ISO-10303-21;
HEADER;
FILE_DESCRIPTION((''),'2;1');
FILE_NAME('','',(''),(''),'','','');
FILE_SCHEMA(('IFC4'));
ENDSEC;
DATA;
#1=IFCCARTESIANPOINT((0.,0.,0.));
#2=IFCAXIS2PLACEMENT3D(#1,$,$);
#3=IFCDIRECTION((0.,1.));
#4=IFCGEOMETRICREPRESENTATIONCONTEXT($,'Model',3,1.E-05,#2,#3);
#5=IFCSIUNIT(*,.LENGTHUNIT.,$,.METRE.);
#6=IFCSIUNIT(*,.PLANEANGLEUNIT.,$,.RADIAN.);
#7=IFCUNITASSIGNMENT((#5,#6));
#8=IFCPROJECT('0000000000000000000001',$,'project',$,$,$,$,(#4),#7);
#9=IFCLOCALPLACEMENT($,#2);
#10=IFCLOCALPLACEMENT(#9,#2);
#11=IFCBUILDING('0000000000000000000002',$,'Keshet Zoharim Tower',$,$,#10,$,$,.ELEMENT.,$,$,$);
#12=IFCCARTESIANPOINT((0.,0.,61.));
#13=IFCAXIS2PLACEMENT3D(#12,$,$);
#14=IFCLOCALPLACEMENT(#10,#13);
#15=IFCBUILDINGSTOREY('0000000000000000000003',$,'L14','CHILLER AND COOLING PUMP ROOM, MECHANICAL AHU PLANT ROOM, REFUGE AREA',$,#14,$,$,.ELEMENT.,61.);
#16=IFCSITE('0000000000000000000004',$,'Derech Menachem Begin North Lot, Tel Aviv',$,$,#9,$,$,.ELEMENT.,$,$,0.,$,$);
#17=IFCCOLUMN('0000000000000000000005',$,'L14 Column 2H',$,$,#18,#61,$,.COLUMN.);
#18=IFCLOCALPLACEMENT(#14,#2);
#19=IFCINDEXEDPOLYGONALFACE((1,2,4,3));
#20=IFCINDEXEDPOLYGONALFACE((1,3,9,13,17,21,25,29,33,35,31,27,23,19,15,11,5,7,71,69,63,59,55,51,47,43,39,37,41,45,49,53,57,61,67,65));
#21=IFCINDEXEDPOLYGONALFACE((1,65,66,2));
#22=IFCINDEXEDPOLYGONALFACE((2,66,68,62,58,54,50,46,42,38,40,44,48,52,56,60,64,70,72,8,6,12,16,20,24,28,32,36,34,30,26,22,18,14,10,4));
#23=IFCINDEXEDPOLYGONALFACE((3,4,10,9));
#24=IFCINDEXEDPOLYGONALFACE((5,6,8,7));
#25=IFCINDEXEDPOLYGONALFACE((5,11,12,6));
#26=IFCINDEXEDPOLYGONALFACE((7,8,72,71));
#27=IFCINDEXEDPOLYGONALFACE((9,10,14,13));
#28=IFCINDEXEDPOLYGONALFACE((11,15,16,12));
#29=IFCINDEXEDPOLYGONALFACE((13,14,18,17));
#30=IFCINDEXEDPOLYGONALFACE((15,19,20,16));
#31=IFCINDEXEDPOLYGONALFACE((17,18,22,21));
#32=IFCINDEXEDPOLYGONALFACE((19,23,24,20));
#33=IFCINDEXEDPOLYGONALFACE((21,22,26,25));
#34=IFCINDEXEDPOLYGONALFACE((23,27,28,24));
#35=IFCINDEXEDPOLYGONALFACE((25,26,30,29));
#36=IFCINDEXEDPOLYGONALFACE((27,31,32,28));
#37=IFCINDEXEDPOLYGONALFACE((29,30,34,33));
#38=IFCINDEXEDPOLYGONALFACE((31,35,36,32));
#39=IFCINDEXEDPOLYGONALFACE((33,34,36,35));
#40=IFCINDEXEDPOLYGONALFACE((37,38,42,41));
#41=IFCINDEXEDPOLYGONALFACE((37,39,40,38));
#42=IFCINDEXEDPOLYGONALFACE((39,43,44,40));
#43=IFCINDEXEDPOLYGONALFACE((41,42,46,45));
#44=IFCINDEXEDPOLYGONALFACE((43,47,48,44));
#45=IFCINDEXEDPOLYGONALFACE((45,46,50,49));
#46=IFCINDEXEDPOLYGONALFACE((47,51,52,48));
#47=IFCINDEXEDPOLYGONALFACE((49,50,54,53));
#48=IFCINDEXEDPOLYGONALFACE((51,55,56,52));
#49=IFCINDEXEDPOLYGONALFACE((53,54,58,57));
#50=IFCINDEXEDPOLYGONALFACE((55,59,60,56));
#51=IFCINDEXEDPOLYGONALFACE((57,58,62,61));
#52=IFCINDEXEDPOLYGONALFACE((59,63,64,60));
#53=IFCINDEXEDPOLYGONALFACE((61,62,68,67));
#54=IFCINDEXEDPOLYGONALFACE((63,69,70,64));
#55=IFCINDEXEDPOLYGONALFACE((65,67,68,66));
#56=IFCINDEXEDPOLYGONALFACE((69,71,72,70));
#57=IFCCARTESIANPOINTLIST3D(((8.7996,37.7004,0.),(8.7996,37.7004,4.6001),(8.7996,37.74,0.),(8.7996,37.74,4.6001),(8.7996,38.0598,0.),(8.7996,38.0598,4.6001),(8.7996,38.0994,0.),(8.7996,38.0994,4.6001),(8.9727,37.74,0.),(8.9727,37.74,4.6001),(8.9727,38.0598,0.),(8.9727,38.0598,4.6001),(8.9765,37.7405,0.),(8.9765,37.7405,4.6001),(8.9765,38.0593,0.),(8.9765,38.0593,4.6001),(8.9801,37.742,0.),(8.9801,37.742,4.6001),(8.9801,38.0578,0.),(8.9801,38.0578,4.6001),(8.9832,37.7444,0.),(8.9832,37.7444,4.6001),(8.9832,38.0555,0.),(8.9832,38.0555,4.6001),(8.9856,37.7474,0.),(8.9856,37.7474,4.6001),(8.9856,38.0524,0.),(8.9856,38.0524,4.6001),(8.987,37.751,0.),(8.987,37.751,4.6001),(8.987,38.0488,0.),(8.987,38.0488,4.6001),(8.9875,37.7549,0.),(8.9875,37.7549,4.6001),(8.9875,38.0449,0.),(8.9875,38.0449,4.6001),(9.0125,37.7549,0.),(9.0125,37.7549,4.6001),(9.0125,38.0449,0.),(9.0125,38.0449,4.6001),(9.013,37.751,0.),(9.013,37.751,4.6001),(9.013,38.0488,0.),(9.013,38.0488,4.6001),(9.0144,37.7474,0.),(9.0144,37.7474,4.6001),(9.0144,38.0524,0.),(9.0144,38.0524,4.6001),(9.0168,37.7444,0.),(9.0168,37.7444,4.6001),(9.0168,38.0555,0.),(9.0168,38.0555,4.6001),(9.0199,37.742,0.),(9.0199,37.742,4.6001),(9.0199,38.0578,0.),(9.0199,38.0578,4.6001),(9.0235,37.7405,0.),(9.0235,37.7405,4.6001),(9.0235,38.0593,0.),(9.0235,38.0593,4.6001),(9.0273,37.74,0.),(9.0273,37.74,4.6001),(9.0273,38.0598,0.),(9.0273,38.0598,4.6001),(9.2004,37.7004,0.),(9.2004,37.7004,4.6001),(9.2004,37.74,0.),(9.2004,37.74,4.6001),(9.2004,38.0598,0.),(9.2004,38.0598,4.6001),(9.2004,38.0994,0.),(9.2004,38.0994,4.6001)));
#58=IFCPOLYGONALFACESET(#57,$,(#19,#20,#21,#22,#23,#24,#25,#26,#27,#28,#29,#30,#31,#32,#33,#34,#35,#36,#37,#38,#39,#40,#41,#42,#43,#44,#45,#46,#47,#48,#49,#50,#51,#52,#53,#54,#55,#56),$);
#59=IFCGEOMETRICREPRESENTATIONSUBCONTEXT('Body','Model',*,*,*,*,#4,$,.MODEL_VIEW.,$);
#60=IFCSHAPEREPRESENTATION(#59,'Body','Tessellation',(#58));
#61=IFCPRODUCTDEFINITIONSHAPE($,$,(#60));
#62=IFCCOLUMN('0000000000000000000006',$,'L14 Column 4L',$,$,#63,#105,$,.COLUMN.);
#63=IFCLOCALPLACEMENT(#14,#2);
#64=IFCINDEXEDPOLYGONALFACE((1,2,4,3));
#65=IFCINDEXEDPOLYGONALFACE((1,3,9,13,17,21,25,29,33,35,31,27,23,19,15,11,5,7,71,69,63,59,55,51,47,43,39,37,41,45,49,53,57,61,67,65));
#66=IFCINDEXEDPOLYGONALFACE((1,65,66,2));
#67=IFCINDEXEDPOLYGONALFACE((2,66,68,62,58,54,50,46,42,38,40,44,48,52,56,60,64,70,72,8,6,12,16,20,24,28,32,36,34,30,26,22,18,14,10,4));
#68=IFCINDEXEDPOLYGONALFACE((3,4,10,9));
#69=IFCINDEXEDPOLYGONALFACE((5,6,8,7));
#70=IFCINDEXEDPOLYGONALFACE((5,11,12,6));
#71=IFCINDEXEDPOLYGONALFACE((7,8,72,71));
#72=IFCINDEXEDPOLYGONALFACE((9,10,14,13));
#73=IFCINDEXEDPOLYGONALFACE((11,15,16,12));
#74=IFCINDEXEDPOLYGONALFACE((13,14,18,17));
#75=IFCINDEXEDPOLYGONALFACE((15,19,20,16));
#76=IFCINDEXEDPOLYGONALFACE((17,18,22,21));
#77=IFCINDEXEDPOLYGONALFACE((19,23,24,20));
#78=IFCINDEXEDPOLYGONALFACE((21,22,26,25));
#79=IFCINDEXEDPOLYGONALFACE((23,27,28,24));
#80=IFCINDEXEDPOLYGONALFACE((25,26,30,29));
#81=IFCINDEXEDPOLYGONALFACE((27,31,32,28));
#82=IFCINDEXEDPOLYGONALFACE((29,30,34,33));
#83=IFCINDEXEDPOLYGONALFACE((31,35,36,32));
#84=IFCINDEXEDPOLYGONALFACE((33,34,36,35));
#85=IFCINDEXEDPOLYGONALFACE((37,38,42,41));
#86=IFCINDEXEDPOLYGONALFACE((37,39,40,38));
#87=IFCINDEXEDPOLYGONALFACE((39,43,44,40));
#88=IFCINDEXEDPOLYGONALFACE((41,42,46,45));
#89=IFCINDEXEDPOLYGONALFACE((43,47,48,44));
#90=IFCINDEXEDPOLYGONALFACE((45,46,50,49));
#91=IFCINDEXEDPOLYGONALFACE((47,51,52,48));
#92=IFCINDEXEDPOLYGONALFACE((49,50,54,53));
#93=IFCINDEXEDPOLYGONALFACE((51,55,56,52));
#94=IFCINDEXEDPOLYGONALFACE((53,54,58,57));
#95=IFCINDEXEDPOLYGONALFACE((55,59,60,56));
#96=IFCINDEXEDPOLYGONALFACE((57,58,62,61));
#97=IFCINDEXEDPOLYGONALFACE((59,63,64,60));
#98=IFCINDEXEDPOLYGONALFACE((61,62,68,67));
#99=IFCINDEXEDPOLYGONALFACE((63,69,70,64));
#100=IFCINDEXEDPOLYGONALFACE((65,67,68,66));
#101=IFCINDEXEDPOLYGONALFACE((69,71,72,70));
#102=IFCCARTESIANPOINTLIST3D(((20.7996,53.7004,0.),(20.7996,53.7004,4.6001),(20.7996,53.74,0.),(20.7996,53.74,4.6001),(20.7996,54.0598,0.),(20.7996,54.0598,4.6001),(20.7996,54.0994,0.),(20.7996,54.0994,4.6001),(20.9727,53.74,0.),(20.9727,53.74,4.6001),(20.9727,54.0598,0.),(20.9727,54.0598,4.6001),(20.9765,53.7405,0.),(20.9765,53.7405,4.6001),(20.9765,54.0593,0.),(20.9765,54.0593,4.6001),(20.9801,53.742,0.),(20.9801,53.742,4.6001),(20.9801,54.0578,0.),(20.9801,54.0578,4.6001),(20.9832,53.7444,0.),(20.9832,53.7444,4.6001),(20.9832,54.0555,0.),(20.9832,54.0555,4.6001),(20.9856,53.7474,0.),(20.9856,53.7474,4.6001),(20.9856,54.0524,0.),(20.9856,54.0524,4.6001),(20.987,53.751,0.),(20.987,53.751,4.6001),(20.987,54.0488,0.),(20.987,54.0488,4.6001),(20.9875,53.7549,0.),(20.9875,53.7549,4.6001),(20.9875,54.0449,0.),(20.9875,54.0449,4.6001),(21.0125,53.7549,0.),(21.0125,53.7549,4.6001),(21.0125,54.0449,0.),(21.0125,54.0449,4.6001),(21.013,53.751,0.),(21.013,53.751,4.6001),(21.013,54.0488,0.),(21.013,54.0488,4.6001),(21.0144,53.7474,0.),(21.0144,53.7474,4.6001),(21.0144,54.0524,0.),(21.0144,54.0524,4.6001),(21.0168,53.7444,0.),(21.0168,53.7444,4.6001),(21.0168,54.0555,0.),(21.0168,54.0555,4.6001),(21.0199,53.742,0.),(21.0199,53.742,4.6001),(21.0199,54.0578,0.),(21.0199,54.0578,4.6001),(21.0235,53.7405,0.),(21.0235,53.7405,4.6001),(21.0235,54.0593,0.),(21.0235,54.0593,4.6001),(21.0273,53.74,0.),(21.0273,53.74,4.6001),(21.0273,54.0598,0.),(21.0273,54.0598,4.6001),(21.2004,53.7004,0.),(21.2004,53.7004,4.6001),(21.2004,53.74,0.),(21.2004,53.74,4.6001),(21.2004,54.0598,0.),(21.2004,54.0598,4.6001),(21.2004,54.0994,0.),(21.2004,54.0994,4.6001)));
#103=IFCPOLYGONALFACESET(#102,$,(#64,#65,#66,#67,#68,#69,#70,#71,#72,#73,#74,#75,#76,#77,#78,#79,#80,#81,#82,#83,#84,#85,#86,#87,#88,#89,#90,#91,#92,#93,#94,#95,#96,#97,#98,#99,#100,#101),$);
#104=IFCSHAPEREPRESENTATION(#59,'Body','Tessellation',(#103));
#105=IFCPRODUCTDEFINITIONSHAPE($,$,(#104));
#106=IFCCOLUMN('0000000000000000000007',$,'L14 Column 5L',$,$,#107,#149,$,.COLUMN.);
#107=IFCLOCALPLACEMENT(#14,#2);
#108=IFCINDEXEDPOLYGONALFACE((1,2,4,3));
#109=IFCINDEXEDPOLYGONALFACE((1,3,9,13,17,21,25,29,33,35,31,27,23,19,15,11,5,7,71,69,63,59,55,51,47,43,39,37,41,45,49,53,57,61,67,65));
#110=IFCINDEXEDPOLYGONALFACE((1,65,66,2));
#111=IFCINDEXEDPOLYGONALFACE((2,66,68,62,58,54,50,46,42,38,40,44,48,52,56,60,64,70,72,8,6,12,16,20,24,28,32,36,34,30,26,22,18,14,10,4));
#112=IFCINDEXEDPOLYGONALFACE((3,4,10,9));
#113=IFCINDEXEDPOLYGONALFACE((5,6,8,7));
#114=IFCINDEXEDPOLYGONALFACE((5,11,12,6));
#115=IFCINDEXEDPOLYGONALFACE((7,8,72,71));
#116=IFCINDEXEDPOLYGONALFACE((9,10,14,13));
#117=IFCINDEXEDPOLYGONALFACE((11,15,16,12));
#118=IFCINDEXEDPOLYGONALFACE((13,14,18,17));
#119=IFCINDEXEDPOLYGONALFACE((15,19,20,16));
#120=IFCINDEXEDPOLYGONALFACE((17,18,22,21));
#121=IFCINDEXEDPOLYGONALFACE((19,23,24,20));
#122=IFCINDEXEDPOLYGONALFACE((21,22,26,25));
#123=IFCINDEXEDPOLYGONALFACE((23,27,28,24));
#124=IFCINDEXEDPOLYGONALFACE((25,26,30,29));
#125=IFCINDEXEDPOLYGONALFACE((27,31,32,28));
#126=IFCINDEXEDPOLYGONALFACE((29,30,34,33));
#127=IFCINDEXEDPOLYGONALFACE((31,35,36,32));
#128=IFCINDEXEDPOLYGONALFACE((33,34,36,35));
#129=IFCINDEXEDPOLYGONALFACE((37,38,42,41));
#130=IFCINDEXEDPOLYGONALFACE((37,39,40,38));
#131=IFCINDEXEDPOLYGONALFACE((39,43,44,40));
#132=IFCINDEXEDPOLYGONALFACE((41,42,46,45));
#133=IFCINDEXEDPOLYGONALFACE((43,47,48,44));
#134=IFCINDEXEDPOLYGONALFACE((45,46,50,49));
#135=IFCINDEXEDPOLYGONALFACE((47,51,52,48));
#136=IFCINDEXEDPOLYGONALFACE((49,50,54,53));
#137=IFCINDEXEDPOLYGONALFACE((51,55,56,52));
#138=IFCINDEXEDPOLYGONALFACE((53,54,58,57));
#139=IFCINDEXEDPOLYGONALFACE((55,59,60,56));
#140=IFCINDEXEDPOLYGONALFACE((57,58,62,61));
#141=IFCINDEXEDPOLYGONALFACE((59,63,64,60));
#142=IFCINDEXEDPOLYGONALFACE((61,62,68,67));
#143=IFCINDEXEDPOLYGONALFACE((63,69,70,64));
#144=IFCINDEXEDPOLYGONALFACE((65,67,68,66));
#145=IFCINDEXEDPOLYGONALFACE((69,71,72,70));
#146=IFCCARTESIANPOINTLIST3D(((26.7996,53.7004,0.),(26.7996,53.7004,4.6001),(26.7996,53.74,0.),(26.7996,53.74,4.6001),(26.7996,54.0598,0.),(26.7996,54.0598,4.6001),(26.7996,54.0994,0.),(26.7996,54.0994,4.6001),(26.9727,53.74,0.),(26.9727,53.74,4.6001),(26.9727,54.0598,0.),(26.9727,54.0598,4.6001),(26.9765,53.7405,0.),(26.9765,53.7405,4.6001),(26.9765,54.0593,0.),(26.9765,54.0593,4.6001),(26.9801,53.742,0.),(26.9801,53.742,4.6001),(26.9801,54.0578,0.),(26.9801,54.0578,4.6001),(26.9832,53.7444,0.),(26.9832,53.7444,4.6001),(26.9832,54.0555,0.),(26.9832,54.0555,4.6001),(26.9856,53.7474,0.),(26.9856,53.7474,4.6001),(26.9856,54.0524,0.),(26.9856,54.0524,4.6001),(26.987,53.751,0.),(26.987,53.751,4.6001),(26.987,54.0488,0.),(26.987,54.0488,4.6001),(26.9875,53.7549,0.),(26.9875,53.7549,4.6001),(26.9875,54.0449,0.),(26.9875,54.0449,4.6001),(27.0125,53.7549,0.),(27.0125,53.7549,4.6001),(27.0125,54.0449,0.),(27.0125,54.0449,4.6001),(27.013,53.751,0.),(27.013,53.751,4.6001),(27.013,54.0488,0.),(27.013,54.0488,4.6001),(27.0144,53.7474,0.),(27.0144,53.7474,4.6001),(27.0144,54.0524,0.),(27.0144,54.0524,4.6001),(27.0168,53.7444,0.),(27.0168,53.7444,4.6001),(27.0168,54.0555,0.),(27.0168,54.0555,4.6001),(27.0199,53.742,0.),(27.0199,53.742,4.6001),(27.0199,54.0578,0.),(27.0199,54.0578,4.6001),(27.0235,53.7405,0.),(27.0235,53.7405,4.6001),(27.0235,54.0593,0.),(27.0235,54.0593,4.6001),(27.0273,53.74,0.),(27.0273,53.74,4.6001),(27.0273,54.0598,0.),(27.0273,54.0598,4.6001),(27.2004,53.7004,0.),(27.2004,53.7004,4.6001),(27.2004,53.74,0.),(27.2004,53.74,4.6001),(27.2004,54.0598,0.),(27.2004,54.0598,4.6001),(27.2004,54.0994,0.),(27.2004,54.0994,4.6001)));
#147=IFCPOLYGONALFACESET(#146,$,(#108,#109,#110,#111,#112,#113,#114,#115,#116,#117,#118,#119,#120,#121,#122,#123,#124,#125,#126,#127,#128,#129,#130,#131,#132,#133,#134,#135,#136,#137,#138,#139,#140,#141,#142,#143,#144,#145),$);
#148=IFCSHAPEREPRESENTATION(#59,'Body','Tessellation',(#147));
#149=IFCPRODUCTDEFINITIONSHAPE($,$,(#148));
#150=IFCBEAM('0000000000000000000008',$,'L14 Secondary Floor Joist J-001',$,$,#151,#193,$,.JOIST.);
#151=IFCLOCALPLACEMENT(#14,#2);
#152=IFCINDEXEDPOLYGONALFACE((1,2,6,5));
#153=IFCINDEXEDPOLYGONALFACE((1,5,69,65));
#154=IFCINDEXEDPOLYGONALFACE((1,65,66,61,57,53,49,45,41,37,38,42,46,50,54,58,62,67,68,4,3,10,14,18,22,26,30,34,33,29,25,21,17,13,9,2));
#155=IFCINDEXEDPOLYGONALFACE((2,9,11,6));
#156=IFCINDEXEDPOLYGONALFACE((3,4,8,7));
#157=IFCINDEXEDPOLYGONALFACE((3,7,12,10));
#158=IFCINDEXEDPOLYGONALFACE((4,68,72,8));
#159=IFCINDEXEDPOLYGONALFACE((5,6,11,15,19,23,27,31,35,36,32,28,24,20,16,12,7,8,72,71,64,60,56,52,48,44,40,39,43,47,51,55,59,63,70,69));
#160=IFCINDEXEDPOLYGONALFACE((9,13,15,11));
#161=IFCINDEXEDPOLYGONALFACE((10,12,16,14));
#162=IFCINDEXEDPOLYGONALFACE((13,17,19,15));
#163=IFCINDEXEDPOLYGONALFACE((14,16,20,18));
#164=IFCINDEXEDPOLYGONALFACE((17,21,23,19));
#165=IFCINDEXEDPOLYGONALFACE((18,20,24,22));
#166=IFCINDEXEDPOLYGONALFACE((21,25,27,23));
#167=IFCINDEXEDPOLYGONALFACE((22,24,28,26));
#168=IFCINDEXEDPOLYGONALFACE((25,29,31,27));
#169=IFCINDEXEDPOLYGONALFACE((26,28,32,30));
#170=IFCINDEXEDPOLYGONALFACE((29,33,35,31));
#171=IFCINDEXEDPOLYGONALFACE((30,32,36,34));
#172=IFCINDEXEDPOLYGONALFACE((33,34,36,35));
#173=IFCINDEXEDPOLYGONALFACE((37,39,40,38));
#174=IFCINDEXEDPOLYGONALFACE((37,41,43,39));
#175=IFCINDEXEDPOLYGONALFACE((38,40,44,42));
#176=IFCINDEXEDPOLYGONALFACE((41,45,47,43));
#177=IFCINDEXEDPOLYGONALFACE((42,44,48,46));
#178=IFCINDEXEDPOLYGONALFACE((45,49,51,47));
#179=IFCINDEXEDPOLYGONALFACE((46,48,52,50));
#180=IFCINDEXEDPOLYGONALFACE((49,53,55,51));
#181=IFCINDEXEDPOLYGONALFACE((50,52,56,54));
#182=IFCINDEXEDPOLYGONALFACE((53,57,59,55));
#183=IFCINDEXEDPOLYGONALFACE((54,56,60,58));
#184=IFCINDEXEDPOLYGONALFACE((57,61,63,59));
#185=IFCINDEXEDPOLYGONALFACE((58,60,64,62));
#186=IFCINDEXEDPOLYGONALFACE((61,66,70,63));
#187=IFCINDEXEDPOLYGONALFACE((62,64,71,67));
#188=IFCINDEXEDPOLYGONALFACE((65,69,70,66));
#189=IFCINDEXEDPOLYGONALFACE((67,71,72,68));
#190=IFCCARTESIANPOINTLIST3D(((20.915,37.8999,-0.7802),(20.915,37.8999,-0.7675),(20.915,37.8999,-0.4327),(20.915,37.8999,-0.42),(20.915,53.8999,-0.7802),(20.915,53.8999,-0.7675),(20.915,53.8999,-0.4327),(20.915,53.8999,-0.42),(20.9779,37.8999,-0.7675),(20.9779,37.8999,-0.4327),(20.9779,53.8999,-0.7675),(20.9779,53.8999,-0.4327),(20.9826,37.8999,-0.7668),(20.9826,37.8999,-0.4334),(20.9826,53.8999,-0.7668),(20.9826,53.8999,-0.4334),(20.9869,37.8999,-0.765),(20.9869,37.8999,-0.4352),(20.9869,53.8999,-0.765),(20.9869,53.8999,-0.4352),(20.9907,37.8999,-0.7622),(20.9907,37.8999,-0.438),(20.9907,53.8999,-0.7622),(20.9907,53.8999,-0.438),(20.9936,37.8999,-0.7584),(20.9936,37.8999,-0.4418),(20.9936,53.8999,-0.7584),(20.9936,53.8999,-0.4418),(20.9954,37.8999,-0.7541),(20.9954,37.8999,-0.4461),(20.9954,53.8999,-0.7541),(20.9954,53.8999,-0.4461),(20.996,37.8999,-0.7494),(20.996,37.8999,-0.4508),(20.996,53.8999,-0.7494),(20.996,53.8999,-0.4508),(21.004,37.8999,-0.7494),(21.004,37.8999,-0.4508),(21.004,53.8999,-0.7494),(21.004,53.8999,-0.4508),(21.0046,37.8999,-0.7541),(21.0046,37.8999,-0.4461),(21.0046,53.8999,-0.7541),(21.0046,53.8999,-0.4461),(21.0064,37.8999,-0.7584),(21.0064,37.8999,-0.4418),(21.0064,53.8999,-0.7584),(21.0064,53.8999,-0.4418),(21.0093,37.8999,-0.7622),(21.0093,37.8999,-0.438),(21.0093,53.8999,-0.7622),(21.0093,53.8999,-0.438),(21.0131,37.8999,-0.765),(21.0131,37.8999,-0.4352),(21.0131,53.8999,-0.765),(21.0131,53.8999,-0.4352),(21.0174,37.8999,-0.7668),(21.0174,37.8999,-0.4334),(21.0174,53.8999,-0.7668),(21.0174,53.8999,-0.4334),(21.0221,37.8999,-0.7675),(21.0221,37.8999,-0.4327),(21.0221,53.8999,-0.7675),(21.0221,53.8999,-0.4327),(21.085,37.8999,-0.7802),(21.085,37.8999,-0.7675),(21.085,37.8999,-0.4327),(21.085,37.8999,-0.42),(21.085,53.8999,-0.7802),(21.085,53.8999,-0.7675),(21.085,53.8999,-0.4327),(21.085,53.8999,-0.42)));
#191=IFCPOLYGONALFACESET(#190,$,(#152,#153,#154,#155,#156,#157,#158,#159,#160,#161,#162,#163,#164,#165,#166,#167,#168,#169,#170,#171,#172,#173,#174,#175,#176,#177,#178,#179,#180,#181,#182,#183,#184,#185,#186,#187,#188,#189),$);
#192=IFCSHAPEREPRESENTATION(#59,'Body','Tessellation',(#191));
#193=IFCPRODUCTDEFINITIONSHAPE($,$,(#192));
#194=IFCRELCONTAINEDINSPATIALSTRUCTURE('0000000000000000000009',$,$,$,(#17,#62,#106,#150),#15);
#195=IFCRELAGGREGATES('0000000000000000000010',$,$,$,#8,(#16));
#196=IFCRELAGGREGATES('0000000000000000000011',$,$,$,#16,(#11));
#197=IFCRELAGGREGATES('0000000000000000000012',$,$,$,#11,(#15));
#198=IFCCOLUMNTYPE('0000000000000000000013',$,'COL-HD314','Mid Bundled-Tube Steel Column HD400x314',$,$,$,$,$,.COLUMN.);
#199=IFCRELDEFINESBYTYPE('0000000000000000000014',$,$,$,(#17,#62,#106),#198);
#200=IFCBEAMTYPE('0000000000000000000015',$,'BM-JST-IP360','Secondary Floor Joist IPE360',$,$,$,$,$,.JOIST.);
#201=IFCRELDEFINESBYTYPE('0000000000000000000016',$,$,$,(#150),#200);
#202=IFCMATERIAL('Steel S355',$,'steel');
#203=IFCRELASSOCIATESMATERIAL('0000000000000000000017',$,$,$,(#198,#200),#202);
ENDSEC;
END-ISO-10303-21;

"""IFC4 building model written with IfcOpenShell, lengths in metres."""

from ifc_helpers import new_model, si_unit, direction, frame, origin, origin_2d, place, context, subcontext, project, spatial, i_section, extrude, material, material_profile, profile_set, type_object, element, save


model = new_model("IFC4")

# Units and contexts
model_context = context("Model", 3, precision=1e-05, world=origin(), true_north=direction((0.0, 1.0)))
body_context = subcontext(model_context, "Body", "Model", "MODEL_VIEW")
ifc_project = project(units=[si_unit("LENGTHUNIT", "METRE"), si_unit("PLANEANGLEUNIT", "RADIAN")], contexts=[model_context])

# Site, building, storey
site_placement = place(None, origin())
site = spatial("IfcSite", under=ifc_project, at=site_placement, Name="Derech Menachem Begin North Lot, Tel Aviv", CompositionType="ELEMENT", RefElevation=0.0)
building_placement = place(site_placement, origin())
building = spatial("IfcBuilding", under=site, at=building_placement, Name="Keshet Zoharim Tower", CompositionType="ELEMENT")
storey_placement = place(building_placement, frame((0.0, 0.0, 61.0)))
storey = spatial("IfcBuildingStorey", under=building, at=storey_placement, Name="L14", Description="CHILLER AND COOLING PUMP ROOM, MECHANICAL AHU PLANT ROOM, REFUGE AREA", CompositionType="ELEMENT", Elevation=61.0)

# Columns
ifc_material_1 = material(Name="Steel S355", Category="steel")
ifc_material_profile_1 = material_profile(ifc_material_1, i_section(OverallWidth=0.4009, OverallDepth=0.3989, WebThickness=0.0249, FlangeThickness=0.0396, FilletRadius=0.0149, at=origin_2d()), Name="HD400x314")
ifc_profile_set_1 = profile_set([ifc_material_profile_1], Name="Steel S355")
column_type = type_object("IfcColumnType", Name="COL-HD314", Description="Mid Bundled-Tube Steel Column HD400x314", PredefinedType="COLUMN", material=ifc_profile_set_1)
for number, where, z_axis, x_axis, name in (
    (1, (9.0, 37.8999, 0.0), (0.0, 0.0, 1.0), (1.0, 0.0, 0.0), "L14 Column 2H"),
    (2, (21.0, 53.8999, 0.0), (0.0, 0.0, 1.0), (1.0, 0.0, 0.0), "L14 Column 4L"),
    (3, (27.0, 53.8999, 0.0), (0.0, 0.0, 1.0), (1.0, 0.0, 0.0), "L14 Column 5L"),
):
    element("IfcColumn", number, at=place(storey_placement, frame(where, z_axis=z_axis, x_axis=x_axis)), inside=storey, type_object=column_type, Name=name, PredefinedType="COLUMN", context=body_context, shape_type="SweptSolid", body=[
        extrude(i_section(OverallWidth=0.4009, OverallDepth=0.3989, WebThickness=0.0249, FlangeThickness=0.0396, FilletRadius=0.0149, at=origin_2d()), origin(), (0.0, 0.0, 1.0), 4.6001),
    ])

# Beam
ifc_material_profile_2 = material_profile(ifc_material_1, i_section(OverallWidth=0.1699, OverallDepth=0.3601, WebThickness=0.0081, FlangeThickness=0.0127, FilletRadius=0.0181, at=origin_2d()), Name="IPE360")
ifc_profile_set_2 = profile_set([ifc_material_profile_2], Name="Steel S355")
beam_type_1 = type_object("IfcBeamType", Name="BM-JST-IP360", Description="Secondary Floor Joist IPE360", PredefinedType="JOIST", material=ifc_profile_set_2)
for number, where, z_axis, x_axis, name in (
    (4, (21.0, 37.8999, -0.6001), (0.0, 1.0, 0.0), (-1.0, 0.0, 0.0), "L14 Secondary Floor Joist J-001"),
):
    element("IfcBeam", number, at=place(storey_placement, frame(where, z_axis=z_axis, x_axis=x_axis)), inside=storey, type_object=beam_type_1, Name=name, PredefinedType="JOIST", context=body_context, shape_type="SweptSolid", body=[
        extrude(i_section(OverallWidth=0.1699, OverallDepth=0.3601, WebThickness=0.0081, FlangeThickness=0.0127, FilletRadius=0.0181, at=origin_2d()), origin(), (0.0, 0.0, 1.0), 16.0),
    ])

save(model, "model.ifc")
